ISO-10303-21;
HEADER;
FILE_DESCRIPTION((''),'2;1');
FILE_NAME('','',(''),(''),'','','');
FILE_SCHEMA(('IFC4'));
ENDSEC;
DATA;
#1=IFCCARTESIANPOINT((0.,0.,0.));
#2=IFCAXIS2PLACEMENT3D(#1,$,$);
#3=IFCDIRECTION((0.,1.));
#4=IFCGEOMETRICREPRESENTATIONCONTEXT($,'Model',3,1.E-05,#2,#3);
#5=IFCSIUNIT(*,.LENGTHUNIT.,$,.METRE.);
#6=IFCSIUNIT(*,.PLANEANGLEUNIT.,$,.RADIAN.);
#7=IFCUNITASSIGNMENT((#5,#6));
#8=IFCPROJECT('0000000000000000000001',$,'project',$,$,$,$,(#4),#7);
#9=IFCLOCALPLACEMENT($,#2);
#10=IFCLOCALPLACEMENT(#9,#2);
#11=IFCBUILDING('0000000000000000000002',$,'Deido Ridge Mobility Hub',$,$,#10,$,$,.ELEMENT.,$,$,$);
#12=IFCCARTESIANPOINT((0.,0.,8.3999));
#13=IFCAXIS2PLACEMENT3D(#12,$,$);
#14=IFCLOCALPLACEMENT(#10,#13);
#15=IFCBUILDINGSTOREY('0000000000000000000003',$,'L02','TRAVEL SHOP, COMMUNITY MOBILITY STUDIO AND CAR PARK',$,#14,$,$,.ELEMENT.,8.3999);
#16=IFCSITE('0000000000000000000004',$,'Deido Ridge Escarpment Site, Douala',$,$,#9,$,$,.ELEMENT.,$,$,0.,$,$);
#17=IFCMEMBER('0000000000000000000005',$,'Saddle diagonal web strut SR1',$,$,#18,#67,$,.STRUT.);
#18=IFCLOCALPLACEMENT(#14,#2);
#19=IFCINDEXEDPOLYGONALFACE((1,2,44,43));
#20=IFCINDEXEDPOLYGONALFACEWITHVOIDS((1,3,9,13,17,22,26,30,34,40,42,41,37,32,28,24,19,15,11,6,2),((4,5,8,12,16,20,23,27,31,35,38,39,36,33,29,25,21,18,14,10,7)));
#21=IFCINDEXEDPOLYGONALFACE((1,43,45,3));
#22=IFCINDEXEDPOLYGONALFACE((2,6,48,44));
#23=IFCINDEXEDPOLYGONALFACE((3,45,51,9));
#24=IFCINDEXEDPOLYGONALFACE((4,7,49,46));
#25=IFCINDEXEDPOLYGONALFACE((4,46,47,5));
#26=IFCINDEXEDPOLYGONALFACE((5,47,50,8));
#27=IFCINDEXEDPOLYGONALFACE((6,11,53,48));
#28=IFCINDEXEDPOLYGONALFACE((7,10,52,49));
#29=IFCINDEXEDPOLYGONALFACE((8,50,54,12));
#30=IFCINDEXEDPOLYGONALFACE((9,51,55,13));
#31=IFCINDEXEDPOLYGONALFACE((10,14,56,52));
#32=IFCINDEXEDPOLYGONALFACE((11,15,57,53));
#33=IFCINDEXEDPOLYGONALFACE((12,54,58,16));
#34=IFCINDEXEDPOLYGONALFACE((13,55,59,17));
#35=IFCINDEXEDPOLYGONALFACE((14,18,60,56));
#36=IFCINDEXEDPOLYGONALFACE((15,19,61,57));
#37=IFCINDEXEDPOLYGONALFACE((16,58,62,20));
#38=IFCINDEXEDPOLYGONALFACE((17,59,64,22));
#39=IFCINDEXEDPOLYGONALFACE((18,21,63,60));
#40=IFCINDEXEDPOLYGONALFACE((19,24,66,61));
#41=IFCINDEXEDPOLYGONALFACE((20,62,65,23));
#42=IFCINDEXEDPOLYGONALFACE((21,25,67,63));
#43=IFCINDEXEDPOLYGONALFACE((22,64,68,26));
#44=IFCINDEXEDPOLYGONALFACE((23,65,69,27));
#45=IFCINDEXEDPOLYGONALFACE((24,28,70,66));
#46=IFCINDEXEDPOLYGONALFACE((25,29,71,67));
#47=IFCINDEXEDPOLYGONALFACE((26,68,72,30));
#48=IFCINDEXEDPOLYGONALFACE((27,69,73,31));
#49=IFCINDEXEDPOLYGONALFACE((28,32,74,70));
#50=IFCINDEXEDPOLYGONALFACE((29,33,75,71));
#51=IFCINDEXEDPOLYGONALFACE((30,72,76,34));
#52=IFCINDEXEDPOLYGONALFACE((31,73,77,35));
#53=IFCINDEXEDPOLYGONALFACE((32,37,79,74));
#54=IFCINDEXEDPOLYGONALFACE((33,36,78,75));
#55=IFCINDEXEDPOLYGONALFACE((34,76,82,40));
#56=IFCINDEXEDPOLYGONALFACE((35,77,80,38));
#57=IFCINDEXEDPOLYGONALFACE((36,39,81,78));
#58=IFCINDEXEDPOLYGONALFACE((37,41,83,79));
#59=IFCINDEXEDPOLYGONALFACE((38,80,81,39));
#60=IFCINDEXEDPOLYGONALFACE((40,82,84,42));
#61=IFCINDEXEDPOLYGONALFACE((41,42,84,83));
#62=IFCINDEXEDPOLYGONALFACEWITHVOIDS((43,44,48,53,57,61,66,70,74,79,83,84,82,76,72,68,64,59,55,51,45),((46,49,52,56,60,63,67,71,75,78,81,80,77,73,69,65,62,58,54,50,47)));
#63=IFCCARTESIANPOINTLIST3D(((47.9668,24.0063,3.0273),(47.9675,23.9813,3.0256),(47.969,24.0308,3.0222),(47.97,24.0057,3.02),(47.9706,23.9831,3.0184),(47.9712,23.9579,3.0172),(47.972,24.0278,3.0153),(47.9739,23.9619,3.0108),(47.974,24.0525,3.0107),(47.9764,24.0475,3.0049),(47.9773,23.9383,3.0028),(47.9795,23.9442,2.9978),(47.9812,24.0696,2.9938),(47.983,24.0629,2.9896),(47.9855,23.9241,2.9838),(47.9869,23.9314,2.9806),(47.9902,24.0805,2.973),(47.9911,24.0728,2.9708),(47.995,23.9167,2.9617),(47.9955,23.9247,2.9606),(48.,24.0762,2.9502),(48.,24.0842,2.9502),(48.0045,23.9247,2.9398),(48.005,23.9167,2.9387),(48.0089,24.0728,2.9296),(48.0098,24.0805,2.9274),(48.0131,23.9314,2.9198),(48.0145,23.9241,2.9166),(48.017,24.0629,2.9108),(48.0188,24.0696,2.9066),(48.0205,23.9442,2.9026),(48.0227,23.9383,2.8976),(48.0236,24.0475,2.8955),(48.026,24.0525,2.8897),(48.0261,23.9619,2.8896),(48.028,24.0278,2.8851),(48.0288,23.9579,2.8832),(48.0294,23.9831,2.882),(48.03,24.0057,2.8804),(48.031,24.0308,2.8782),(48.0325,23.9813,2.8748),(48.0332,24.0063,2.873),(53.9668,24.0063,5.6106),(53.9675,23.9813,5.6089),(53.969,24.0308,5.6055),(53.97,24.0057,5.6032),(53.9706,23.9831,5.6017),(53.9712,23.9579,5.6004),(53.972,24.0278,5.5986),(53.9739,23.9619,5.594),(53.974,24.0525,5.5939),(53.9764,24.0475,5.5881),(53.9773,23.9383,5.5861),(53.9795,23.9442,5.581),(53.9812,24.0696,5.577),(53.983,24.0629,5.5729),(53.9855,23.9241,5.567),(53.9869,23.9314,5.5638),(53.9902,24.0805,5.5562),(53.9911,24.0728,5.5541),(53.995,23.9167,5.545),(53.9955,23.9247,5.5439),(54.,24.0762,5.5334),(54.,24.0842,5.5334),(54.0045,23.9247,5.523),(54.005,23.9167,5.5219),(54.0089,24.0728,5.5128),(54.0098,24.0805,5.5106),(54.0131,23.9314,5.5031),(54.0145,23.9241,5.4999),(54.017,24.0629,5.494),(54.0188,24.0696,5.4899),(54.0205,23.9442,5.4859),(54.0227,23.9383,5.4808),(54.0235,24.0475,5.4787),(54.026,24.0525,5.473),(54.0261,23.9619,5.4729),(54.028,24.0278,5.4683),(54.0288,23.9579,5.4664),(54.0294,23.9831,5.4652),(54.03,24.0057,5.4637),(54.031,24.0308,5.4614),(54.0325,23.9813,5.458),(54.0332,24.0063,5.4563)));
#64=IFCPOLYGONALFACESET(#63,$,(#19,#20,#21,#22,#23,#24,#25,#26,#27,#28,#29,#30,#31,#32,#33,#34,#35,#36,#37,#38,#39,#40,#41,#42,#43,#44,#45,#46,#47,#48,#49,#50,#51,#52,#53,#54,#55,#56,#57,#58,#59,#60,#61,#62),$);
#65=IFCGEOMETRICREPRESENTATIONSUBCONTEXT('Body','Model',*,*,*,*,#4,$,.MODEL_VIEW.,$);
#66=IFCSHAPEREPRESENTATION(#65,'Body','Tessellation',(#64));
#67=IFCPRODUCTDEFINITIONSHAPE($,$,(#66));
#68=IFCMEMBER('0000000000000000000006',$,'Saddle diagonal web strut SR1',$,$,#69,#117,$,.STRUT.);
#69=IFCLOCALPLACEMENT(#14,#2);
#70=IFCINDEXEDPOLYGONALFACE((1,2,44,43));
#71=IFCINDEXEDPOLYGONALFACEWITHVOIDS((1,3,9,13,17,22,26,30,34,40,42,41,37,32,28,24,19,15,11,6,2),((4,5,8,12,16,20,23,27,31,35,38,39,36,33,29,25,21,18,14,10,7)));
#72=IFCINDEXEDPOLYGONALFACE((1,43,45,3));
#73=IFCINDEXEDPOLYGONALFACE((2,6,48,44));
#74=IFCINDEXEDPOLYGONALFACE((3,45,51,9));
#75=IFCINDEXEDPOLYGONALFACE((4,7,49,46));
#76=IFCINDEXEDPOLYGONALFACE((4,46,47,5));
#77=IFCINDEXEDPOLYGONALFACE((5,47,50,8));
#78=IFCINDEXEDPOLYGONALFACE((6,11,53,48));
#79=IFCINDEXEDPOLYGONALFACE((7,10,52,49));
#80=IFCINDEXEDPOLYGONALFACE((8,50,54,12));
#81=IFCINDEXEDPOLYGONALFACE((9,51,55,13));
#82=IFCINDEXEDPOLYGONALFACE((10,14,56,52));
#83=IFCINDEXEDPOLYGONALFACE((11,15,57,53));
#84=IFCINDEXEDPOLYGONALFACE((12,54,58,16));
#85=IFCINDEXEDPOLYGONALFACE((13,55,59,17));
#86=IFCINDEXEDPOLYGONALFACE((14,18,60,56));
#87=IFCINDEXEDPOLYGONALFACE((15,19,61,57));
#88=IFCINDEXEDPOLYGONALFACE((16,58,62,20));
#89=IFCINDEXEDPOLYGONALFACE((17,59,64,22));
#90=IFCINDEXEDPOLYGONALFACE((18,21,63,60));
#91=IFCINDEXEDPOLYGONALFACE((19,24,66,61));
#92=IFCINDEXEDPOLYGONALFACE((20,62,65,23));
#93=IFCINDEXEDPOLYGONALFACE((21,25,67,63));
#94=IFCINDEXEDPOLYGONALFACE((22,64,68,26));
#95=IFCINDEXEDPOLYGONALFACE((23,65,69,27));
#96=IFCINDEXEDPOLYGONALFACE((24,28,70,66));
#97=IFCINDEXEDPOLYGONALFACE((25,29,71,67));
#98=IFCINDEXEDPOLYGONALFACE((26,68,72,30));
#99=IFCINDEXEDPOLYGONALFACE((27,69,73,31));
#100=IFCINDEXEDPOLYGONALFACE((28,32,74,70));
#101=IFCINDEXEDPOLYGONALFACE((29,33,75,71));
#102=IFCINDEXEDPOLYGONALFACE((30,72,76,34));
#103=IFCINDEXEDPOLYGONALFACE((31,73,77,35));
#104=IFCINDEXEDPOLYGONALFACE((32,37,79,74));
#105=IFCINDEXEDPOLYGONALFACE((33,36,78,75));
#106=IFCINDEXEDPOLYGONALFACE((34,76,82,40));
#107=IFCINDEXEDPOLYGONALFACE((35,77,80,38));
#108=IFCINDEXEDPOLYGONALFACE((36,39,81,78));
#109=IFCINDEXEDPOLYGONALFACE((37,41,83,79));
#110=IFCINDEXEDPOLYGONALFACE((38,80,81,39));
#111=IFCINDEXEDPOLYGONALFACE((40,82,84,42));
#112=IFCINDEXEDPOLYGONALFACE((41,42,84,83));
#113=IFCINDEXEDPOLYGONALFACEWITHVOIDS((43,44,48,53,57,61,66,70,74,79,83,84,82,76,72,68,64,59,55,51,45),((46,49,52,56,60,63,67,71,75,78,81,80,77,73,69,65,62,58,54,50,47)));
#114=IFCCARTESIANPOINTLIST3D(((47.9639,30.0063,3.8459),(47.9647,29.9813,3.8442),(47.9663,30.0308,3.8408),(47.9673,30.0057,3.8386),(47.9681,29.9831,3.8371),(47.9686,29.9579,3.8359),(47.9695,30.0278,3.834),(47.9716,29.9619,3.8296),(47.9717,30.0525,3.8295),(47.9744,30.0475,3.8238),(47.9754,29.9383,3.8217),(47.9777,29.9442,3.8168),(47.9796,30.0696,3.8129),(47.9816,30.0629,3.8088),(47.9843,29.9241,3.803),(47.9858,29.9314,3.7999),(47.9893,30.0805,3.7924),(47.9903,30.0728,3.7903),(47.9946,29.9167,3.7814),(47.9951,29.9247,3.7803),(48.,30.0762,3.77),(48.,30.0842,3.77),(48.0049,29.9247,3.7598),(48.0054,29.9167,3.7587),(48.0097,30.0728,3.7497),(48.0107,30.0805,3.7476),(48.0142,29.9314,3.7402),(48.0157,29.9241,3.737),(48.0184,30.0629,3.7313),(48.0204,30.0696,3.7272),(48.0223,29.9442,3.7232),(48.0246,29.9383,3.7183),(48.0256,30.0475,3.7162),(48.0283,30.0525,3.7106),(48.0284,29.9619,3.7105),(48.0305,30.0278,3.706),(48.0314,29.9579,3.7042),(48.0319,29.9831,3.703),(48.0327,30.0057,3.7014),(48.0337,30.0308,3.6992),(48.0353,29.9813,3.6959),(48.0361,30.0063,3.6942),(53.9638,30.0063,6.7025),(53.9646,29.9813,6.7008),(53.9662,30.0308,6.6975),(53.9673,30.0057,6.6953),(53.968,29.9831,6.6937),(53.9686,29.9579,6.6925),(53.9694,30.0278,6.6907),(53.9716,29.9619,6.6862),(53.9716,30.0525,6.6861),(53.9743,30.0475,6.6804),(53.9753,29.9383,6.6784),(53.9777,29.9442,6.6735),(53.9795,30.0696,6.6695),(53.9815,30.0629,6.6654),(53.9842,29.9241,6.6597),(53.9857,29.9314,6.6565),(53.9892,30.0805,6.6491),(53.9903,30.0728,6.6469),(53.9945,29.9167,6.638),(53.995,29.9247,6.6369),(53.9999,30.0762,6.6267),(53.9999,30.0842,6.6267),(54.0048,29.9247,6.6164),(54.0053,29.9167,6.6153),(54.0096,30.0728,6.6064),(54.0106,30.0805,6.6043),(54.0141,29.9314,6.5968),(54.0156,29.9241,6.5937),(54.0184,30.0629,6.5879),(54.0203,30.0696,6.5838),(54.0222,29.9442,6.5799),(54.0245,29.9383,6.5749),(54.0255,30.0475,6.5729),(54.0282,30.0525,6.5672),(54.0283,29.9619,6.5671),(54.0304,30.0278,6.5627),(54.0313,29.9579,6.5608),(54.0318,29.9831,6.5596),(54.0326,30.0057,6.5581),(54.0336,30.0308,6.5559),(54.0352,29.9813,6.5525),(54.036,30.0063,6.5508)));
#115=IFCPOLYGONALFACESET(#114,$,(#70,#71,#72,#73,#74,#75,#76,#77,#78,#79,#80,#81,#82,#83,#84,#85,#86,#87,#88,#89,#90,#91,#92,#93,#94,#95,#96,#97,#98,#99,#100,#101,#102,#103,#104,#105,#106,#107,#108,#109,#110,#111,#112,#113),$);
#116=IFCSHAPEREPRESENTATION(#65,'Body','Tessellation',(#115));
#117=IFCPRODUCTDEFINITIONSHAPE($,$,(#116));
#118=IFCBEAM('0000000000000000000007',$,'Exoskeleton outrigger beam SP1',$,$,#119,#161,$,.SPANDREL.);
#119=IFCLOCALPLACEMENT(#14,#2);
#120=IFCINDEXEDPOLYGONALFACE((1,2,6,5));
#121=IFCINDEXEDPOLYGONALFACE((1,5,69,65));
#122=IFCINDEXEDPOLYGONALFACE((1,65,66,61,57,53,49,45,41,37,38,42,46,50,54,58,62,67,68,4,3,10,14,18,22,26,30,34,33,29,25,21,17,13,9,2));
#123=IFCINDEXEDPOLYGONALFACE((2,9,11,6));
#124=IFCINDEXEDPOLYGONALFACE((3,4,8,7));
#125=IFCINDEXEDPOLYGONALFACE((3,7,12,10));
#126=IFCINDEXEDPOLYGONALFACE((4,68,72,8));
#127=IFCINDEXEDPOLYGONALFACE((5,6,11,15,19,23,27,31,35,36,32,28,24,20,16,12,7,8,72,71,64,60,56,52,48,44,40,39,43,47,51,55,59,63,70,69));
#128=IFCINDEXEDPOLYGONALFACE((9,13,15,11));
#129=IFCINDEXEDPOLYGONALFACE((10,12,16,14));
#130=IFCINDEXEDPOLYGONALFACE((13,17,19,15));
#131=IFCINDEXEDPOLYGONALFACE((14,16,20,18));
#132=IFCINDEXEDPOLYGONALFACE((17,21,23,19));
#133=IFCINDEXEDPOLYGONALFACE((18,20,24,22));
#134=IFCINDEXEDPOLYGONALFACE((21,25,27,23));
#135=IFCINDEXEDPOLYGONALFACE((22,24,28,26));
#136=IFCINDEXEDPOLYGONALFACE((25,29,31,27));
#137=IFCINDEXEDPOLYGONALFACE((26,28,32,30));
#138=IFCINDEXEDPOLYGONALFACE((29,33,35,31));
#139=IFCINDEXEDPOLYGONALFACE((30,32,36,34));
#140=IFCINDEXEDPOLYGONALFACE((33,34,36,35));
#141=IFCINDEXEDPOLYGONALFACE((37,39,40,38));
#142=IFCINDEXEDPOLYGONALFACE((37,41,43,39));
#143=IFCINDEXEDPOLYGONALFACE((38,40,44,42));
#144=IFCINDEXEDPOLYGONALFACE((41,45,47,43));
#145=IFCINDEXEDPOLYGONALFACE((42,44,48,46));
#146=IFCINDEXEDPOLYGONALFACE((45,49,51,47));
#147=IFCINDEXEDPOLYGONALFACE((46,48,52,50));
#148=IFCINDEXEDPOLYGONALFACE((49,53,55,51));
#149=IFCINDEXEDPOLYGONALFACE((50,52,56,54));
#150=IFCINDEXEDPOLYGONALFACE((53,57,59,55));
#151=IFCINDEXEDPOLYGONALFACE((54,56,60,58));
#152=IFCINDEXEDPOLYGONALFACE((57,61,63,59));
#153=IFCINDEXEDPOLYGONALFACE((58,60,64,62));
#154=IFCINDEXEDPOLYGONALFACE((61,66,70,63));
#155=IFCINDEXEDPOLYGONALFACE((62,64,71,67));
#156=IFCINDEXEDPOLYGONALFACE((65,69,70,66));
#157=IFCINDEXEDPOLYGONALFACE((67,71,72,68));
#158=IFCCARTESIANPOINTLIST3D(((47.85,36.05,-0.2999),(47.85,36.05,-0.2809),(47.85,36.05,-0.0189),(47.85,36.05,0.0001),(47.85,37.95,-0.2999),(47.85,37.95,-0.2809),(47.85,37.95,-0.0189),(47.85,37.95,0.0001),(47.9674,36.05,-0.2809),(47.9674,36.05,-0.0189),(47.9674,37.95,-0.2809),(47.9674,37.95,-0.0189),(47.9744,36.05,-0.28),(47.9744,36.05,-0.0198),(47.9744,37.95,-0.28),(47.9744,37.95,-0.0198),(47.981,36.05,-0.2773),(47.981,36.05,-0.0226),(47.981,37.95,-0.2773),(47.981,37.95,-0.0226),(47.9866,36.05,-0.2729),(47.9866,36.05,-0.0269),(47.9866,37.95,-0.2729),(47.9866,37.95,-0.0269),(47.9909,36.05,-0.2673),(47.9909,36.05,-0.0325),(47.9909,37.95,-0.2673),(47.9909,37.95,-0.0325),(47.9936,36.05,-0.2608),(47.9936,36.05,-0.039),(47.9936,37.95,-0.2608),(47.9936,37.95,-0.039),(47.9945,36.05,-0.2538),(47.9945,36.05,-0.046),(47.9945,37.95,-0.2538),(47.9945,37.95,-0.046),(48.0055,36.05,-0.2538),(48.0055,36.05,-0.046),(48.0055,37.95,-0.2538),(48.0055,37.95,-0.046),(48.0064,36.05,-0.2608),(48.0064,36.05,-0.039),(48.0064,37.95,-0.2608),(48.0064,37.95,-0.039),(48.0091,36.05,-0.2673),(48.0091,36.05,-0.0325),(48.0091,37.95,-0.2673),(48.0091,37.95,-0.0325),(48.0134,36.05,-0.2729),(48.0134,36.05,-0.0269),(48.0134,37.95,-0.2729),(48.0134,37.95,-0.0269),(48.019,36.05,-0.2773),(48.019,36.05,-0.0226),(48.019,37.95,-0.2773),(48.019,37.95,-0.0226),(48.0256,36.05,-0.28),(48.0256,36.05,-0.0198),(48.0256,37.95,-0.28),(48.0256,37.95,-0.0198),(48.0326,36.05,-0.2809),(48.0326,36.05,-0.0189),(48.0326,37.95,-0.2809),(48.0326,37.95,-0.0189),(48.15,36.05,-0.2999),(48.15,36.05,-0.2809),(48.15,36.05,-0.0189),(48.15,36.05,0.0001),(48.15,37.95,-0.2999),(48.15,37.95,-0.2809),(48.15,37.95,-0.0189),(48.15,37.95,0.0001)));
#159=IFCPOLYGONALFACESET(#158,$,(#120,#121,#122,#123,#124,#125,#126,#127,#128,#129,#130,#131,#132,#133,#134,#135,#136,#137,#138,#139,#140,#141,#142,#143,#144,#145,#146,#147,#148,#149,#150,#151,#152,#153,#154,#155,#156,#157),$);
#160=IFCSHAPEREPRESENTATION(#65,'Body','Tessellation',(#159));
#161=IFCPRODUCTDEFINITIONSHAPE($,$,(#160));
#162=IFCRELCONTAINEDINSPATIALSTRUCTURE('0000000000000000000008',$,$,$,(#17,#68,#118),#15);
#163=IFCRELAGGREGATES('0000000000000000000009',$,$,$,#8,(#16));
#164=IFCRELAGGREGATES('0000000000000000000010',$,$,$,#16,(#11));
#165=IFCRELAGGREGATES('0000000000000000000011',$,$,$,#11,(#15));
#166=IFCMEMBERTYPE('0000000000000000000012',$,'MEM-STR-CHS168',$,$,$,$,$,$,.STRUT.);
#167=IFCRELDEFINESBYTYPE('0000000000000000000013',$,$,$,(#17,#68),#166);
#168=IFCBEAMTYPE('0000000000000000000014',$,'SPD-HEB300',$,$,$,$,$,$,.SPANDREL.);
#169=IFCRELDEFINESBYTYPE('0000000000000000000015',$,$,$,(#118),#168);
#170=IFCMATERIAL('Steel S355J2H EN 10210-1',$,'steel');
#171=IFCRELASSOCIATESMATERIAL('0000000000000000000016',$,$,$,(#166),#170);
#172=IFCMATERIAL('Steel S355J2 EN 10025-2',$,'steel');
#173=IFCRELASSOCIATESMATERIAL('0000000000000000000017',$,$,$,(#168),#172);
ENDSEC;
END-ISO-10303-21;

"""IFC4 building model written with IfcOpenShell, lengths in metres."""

from ifc_helpers import new_model, si_unit, direction, frame, origin, origin_2d, place, context, subcontext, project, spatial, hollow_circle, i_section, extrude, material, material_profile, profile_set, type_object, element, save


model = new_model("IFC4")

# Units and contexts
model_context = context("Model", 3, precision=1e-05, world=origin(), true_north=direction((0.0, 1.0)))
body_context = subcontext(model_context, "Body", "Model", "MODEL_VIEW")
ifc_project = project(units=[si_unit("LENGTHUNIT", "METRE"), si_unit("PLANEANGLEUNIT", "RADIAN")], contexts=[model_context])

# Site, building, storey
site_placement = place(None, origin())
site = spatial("IfcSite", under=ifc_project, at=site_placement, Name="Deido Ridge Escarpment Site, Douala", CompositionType="ELEMENT", RefElevation=0.0)
building_placement = place(site_placement, origin())
building = spatial("IfcBuilding", under=site, at=building_placement, Name="Deido Ridge Mobility Hub", CompositionType="ELEMENT")
storey_placement = place(building_placement, frame((0.0, 0.0, 8.3999)))
storey = spatial("IfcBuildingStorey", under=building, at=storey_placement, Name="L02", Description="TRAVEL SHOP, COMMUNITY MOBILITY STUDIO AND CAR PARK", CompositionType="ELEMENT", Elevation=8.3999)

# Shared definitions
ifc_material_1 = material(Name="Steel S355J2 EN 10025-2", Category="steel")
ifc_material_2 = material(Name="Steel S355J2H EN 10210-1", Category="steel")

# Members
ifc_material_profile_1 = material_profile(ifc_material_2, hollow_circle(Radius=0.0842, WallThickness=0.0081, at=origin_2d()), Name="CHS 168.3x8")
ifc_profile_set_1 = profile_set([ifc_material_profile_1], Name="Steel S355J2H EN 10210-1")
member_type_1 = type_object("IfcMemberType", Name="MEM-STR-CHS168", PredefinedType="STRUT", material=ifc_profile_set_1)
member_1_placement = place(storey_placement, frame((48.0, 24.0, 2.9502), z_axis=(0.918488, 0.0, 0.395448), x_axis=(0.0, 1.0, 0.0)))
element("IfcMember", 1, at=member_1_placement, inside=storey, type_object=member_type_1, Name="Saddle diagonal web strut SR1", PredefinedType="STRUT", context=body_context, shape_type="SweptSolid", body=[
    extrude(hollow_circle(Radius=0.0842, WallThickness=0.0081, at=origin_2d()), origin(), (0.0, 0.0, 1.0), 6.5325),
])
member_2_placement = place(storey_placement, frame((48.0, 30.0, 3.77), z_axis=(0.902887, 0.0, 0.429878), x_axis=(0.0, 1.0, 0.0)))
element("IfcMember", 2, at=member_2_placement, inside=storey, type_object=member_type_1, Name="Saddle diagonal web strut SR1", PredefinedType="STRUT", context=body_context, shape_type="SweptSolid", body=[
    extrude(hollow_circle(Radius=0.0842, WallThickness=0.0081, at=origin_2d()), origin(), (0.0, 0.0, 1.0), 6.6453),
])

# Beam
ifc_material_profile_2 = material_profile(ifc_material_1, i_section(OverallWidth=0.3, OverallDepth=0.3, WebThickness=0.011, FlangeThickness=0.019, FilletRadius=0.0271, at=origin_2d()), Name="HEB 300")
ifc_profile_set_2 = profile_set([ifc_material_profile_2], Name="Steel S355J2 EN 10025-2")
beam_type_1 = type_object("IfcBeamType", Name="SPD-HEB300", PredefinedType="SPANDREL", material=ifc_profile_set_2)
for number, where, z_axis, x_axis, name in (
    (3, (48.0, 36.05, -0.1499), (0.0, 1.0, 0.0), (-1.0, 0.0, 0.0), "Exoskeleton outrigger beam SP1"),
):
    element("IfcBeam", number, at=place(storey_placement, frame(where, z_axis=z_axis, x_axis=x_axis)), inside=storey, type_object=beam_type_1, Name=name, PredefinedType="SPANDREL", context=body_context, shape_type="SweptSolid", body=[
        extrude(i_section(OverallWidth=0.3, OverallDepth=0.3, WebThickness=0.011, FlangeThickness=0.019, FilletRadius=0.0271, at=origin_2d()), origin(), (0.0, 0.0, 1.0), 1.8999),
    ])

save(model, "model.ifc")
